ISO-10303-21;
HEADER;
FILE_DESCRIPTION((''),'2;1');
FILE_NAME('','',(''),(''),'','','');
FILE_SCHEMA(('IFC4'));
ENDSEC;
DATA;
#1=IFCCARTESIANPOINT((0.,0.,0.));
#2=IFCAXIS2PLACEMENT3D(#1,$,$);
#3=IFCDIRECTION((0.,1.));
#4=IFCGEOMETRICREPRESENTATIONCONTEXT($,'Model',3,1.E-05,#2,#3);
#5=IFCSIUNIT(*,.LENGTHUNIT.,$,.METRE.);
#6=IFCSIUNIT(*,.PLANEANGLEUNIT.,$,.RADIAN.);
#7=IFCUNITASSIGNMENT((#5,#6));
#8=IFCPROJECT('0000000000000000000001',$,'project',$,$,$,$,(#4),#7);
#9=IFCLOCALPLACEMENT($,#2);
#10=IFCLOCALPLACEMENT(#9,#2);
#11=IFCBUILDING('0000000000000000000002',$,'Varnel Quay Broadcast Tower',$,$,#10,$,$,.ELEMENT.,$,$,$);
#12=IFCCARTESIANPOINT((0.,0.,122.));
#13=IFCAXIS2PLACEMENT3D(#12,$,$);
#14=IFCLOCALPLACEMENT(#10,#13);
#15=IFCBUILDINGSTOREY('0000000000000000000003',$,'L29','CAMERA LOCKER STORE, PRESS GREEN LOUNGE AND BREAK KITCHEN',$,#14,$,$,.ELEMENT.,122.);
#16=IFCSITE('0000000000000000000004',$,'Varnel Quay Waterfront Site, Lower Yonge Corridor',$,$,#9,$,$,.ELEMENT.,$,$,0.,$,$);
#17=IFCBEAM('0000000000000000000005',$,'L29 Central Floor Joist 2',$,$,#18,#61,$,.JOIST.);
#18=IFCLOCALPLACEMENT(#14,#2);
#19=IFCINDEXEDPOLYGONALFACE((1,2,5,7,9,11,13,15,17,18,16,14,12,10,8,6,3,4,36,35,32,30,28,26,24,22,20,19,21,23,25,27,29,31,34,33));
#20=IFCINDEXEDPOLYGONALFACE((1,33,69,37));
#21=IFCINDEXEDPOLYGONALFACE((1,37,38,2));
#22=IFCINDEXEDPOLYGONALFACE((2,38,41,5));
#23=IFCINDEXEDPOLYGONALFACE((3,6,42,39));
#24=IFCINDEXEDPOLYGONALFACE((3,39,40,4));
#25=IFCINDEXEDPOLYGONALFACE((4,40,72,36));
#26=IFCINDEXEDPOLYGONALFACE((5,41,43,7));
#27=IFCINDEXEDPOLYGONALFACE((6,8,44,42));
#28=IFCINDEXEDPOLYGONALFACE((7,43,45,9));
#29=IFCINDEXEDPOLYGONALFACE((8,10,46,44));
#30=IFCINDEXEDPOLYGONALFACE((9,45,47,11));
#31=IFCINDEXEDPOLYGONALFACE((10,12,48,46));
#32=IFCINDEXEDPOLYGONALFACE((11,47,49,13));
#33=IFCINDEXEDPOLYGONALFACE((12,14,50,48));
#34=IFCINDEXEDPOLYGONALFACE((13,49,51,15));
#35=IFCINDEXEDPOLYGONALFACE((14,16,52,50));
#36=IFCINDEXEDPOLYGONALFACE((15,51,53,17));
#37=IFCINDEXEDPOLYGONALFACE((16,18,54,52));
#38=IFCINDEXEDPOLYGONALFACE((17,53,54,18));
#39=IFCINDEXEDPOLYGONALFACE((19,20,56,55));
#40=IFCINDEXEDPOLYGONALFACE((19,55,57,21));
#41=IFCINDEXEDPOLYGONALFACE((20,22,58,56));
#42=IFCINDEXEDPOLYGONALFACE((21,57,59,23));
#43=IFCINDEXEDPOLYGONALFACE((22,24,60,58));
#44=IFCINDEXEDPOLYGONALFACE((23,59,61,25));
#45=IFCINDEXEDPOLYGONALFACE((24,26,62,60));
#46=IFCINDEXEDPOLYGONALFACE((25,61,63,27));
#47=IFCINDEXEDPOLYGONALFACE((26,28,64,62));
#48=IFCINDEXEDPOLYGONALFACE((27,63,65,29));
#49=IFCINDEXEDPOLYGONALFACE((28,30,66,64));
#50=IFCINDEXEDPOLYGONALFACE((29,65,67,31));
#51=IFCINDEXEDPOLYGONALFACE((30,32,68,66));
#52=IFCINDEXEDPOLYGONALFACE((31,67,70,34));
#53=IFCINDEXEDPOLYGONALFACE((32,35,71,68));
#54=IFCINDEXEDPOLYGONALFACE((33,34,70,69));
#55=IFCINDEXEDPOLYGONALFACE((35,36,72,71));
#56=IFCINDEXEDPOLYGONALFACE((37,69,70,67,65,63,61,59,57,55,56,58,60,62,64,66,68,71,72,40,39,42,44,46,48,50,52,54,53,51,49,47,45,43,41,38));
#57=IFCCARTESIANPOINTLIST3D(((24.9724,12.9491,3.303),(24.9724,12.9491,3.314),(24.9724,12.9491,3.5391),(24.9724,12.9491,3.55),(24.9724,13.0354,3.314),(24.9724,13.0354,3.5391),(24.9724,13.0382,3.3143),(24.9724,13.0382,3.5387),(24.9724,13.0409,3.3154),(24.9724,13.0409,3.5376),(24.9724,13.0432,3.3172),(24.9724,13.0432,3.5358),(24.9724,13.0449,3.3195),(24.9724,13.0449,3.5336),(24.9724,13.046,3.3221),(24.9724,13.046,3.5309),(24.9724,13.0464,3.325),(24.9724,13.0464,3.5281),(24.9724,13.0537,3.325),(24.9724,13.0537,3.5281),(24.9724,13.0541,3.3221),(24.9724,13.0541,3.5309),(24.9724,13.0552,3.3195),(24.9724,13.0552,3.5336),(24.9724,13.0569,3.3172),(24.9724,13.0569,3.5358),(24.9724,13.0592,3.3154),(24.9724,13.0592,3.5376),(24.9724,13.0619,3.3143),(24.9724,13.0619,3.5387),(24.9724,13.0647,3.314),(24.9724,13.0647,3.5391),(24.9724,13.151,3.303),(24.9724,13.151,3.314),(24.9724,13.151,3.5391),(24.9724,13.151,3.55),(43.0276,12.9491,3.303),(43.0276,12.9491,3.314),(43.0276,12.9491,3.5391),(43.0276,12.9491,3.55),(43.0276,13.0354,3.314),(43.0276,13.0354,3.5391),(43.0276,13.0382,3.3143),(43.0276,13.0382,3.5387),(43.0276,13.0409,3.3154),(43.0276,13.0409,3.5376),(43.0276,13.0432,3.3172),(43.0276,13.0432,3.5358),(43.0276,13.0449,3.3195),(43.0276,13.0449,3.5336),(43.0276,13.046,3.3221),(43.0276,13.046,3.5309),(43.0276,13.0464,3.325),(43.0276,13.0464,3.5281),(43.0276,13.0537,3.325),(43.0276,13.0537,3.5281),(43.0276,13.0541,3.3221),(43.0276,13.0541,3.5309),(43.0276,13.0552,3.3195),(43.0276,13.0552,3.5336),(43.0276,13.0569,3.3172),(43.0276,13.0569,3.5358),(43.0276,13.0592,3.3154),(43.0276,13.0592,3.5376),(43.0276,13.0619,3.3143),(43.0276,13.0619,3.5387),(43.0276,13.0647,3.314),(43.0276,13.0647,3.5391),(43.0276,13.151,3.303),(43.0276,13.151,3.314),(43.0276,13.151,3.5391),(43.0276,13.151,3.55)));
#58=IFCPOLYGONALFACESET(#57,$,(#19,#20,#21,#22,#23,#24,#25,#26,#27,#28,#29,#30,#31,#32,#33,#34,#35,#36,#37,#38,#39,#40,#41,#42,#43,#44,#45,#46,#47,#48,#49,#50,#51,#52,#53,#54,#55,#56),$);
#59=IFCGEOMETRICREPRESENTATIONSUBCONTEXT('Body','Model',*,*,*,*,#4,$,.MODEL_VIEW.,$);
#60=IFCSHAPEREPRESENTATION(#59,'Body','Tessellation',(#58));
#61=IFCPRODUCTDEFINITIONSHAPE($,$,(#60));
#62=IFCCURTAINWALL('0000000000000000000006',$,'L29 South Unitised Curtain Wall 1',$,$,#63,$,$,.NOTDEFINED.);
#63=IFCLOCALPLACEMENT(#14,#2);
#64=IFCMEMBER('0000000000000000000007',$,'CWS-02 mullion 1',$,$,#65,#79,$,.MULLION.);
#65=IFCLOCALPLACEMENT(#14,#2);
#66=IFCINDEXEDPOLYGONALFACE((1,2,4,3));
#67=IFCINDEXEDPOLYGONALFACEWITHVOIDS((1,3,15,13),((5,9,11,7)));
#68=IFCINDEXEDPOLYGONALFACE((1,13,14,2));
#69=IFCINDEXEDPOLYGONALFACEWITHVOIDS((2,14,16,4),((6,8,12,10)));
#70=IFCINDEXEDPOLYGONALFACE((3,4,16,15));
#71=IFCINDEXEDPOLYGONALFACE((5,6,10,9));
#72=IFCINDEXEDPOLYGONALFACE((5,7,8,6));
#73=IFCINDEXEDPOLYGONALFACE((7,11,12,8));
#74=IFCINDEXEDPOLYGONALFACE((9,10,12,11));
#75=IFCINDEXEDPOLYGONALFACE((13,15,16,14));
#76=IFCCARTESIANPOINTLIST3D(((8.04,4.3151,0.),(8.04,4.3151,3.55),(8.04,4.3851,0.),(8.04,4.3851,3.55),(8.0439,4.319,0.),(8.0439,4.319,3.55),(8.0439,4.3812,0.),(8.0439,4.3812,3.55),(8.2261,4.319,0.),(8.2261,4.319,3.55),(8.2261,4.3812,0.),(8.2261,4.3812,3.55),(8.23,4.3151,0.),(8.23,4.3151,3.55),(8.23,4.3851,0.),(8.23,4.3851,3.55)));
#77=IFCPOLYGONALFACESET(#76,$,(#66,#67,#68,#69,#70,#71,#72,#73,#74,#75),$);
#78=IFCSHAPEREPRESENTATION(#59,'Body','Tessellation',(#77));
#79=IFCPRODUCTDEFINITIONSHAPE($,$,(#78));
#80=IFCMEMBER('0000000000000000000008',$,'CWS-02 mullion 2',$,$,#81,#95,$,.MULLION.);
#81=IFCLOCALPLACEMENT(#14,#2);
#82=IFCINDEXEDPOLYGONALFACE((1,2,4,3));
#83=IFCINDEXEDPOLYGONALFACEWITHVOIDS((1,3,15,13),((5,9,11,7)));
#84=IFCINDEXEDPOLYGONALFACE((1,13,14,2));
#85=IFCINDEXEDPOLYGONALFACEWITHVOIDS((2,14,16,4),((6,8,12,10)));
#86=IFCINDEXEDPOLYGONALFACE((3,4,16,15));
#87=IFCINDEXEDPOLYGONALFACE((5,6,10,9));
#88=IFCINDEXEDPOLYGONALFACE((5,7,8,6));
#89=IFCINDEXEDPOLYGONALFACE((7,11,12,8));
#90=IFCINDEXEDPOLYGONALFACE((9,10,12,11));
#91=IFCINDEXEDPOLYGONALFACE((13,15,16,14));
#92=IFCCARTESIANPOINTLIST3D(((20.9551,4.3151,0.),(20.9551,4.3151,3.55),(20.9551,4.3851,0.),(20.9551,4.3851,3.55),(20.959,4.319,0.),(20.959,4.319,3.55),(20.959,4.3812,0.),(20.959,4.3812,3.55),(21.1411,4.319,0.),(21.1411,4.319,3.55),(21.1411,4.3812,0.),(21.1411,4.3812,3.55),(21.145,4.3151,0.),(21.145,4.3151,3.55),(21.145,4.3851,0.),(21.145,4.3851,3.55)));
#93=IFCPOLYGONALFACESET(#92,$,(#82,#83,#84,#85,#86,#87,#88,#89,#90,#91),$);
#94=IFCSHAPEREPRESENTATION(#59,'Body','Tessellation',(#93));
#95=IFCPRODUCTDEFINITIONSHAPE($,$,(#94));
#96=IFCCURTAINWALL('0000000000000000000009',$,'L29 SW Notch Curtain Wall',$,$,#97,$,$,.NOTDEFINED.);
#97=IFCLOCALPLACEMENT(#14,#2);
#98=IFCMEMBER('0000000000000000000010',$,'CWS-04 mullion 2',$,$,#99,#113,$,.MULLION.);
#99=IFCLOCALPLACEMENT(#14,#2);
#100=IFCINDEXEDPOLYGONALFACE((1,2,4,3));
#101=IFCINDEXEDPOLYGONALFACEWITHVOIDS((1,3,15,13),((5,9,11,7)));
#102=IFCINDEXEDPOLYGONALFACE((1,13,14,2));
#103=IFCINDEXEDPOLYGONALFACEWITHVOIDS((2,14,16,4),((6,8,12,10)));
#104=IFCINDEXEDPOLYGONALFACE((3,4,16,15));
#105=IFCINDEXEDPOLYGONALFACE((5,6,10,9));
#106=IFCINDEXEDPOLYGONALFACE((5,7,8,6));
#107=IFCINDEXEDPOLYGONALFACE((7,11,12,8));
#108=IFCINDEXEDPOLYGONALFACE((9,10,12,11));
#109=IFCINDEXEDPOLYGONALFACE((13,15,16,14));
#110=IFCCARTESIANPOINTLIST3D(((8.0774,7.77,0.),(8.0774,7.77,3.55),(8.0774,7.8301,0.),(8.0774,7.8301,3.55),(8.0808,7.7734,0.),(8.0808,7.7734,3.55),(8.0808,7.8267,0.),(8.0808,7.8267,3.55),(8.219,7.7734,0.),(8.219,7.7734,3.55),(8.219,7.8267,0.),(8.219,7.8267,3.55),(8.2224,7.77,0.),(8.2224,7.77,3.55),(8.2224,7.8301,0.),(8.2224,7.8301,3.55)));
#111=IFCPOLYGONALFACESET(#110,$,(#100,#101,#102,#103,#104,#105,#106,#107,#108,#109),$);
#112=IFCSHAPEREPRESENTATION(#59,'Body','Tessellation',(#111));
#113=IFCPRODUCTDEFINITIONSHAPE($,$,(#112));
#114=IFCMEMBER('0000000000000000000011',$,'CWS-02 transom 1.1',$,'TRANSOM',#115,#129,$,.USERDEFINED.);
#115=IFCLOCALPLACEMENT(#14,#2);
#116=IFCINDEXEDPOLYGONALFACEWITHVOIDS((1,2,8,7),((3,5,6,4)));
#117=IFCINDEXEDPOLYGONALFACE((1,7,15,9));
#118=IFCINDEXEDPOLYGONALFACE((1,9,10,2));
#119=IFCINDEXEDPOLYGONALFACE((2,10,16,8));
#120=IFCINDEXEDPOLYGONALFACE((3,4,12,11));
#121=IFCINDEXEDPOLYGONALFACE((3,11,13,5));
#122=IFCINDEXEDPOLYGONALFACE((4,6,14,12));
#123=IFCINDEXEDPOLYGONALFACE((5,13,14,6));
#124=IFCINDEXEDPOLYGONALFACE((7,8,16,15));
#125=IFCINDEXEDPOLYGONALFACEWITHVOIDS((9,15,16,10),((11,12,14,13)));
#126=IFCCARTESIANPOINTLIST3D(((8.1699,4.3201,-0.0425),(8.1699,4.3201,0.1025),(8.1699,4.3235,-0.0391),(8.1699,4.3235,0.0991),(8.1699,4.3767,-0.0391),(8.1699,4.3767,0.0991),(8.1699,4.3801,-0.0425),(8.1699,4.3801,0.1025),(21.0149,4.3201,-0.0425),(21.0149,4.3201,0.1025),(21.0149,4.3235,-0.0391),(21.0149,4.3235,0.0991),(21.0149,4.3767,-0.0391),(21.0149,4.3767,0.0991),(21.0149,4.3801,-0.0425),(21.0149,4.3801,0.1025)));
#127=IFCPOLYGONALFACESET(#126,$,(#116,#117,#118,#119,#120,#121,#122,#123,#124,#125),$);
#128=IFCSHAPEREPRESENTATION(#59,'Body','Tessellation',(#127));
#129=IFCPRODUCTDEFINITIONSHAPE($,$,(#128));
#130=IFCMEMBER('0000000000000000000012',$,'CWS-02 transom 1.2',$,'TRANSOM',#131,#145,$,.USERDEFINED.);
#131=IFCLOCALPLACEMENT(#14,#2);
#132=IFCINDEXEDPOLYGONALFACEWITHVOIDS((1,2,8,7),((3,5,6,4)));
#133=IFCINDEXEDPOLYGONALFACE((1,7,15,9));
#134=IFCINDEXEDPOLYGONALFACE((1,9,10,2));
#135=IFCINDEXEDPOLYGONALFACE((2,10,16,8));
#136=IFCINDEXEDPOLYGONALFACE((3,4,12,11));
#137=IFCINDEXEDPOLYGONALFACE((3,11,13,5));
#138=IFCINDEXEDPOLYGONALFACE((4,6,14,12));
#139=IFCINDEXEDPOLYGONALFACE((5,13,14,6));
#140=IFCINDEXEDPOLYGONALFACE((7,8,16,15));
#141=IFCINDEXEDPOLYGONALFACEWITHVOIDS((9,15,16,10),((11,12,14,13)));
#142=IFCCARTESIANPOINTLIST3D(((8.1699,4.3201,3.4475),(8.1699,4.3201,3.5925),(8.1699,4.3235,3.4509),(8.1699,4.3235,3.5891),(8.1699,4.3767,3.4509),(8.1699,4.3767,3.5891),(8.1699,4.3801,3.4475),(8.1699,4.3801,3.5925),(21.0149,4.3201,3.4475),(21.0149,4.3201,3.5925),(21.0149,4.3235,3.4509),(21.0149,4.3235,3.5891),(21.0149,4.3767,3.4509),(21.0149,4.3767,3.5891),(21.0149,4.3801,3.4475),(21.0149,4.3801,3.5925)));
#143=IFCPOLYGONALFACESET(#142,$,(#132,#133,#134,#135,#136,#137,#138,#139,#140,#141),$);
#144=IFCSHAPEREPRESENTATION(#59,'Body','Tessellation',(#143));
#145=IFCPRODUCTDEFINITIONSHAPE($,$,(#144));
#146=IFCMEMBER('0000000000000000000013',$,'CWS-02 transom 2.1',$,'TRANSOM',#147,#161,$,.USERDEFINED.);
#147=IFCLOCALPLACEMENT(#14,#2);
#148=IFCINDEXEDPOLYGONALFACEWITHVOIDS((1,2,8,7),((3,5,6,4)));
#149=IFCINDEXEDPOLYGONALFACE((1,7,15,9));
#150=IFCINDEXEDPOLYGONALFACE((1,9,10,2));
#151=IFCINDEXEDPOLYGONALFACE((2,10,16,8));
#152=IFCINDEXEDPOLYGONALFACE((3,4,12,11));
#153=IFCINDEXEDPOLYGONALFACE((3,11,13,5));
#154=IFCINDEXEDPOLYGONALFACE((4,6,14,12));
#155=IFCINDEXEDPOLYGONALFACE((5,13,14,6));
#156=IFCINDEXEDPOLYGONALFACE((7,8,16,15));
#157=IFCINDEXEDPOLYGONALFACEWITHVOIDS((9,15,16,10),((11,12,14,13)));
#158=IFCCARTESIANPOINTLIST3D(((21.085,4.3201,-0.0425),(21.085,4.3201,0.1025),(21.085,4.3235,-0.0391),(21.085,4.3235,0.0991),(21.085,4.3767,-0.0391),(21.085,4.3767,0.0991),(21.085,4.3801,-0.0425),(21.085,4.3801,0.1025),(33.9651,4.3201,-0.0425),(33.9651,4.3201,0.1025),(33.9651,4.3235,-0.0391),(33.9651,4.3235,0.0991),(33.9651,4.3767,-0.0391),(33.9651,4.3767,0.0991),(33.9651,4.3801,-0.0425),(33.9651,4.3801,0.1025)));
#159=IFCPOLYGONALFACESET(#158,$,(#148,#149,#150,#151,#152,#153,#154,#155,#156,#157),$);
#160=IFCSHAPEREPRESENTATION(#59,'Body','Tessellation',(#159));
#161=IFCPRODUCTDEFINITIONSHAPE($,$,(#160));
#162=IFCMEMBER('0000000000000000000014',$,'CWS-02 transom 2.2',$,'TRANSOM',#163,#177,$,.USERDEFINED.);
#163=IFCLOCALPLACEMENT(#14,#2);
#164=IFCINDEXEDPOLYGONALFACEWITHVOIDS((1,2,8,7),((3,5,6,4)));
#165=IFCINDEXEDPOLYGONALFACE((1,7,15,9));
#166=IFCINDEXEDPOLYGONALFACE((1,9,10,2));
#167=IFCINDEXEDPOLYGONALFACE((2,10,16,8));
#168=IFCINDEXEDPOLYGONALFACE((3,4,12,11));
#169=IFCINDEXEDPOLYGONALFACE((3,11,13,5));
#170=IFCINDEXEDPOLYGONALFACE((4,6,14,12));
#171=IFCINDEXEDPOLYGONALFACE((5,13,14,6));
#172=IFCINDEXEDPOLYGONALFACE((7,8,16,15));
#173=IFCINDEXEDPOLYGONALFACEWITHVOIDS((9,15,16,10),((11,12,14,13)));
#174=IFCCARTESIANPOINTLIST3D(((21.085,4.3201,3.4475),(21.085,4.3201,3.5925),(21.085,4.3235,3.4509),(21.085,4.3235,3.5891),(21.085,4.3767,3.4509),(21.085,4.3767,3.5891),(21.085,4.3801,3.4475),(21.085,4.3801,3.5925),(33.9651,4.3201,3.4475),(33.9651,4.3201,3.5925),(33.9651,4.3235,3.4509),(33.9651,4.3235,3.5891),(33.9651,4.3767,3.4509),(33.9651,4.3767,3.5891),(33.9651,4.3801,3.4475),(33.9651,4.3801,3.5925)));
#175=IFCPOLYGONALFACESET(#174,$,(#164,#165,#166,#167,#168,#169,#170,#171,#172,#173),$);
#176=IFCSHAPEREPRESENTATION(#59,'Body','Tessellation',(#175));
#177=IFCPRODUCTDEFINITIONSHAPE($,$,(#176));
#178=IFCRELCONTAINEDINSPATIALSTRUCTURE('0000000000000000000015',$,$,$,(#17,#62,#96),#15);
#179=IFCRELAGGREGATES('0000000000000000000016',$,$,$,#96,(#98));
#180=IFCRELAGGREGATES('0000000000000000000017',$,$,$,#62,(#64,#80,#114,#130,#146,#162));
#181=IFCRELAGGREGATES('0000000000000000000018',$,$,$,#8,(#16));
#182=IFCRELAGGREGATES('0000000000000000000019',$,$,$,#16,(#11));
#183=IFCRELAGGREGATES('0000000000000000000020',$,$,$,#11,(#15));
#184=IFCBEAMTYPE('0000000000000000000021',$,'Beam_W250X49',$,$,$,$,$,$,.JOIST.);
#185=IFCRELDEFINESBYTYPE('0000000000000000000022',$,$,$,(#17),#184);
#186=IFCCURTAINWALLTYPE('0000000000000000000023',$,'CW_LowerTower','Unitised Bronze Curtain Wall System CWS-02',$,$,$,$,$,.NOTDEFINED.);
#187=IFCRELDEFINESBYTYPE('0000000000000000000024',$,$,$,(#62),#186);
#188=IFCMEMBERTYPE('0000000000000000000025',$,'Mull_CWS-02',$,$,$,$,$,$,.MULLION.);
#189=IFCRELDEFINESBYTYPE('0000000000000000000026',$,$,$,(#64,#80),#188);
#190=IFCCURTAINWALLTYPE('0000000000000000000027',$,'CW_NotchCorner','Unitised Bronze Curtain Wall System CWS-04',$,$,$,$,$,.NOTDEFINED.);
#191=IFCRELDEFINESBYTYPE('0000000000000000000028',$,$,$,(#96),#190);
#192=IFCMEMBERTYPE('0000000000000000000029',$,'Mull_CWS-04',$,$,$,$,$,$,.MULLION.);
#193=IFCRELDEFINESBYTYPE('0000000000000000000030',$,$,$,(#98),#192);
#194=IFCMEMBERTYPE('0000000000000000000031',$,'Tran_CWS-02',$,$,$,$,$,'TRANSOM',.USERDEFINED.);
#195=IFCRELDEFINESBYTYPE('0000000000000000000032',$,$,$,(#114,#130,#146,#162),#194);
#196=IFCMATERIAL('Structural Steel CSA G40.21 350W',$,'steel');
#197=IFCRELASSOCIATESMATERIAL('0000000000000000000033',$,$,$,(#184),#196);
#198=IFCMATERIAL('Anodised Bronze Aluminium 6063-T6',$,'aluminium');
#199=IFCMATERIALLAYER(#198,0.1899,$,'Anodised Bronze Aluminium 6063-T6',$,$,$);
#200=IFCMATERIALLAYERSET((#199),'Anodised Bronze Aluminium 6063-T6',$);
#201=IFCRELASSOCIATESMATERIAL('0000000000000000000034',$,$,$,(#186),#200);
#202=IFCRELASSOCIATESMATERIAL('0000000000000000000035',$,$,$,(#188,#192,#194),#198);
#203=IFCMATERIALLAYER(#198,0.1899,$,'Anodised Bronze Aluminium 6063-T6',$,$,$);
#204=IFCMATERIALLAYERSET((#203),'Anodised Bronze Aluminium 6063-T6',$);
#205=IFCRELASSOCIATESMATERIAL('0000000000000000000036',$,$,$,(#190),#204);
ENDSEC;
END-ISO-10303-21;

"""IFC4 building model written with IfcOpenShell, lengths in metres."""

from ifc_helpers import new_model, si_unit, direction, frame, origin, origin_2d, place, context, subcontext, project, spatial, hollow_rectangle, i_section, extrude, source, transform, mapped, material, layer, layer_set, material_profile, profile_set, type_object, type_shapes, element, aggregate, save


model = new_model("IFC4")

# Units and contexts
model_context = context("Model", 3, precision=1e-05, world=origin(), true_north=direction((0.0, 1.0)))
body_context = subcontext(model_context, "Body", "Model", "MODEL_VIEW")
ifc_project = project(units=[si_unit("LENGTHUNIT", "METRE"), si_unit("PLANEANGLEUNIT", "RADIAN")], contexts=[model_context])

# Site, building, storey
site_placement = place(None, origin())
site = spatial("IfcSite", under=ifc_project, at=site_placement, Name="Varnel Quay Waterfront Site, Lower Yonge Corridor", CompositionType="ELEMENT", RefElevation=0.0)
building_placement = place(site_placement, origin())
building = spatial("IfcBuilding", under=site, at=building_placement, Name="Varnel Quay Broadcast Tower", CompositionType="ELEMENT")
storey_placement = place(building_placement, frame((0.0, 0.0, 122.0)))
storey = spatial("IfcBuildingStorey", under=building, at=storey_placement, Name="L29", Description="CAMERA LOCKER STORE, PRESS GREEN LOUNGE AND BREAK KITCHEN", CompositionType="ELEMENT", Elevation=122.0)

# Shared definitions
ifc_material_1 = material(Name="Structural Steel CSA G40.21 350W", Category="steel")

# Beam
ifc_material_profile_1 = material_profile(ifc_material_1, i_section(OverallWidth=0.2019, OverallDepth=0.2471, WebThickness=0.0073, FlangeThickness=0.011, FilletRadius=0.011, at=origin_2d()), Name="W250X49")
ifc_profile_set_1 = profile_set([ifc_material_profile_1], Name="Structural Steel CSA G40.21 350W")
beam_type_1 = type_object("IfcBeamType", Name="Beam_W250X49", PredefinedType="JOIST", material=ifc_profile_set_1)
shared_shape_1 = source(origin(), body_context, "Body", "SweptSolid", [
    extrude(i_section(OverallWidth=0.2019, OverallDepth=0.2471, WebThickness=0.0073, FlangeThickness=0.011, FilletRadius=0.011, at=origin_2d()), origin(), (0.0, 0.0, 1.0), 18.0552),
])
type_shapes(beam_type_1, [shared_shape_1])
beam_1_placement = place(storey_placement, frame((24.9724, 13.05, 3.4265), z_axis=(1.0, 0.0, 0.0), x_axis=(0.0, 1.0, 0.0)))
element("IfcBeam", 1, at=beam_1_placement, inside=storey, type_object=beam_type_1, Name="L29 Central Floor Joist 2", PredefinedType="JOIST", context=body_context, shape_type="MappedRepresentation", body=[
    mapped(shared_shape_1, transform((0.0, 0.0, 0.0), x_axis=(1.0, 0.0, 0.0), y_axis=(0.0, 1.0, 0.0), z_axis=(0.0, 0.0, 1.0), scale=1.0)),
])

# Curtain wall, members
ifc_material_2 = material(Name="Anodised Bronze Aluminium 6063-T6", Category="aluminium")
ifc_layer_1 = layer(ifc_material_2, 0.1899, Name="Anodised Bronze Aluminium 6063-T6")
ifc_layer_set_1 = layer_set([ifc_layer_1], Name="Anodised Bronze Aluminium 6063-T6")
curtain_wall_type_1 = type_object("IfcCurtainWallType", Name="CW_LowerTower", Description="Unitised Bronze Curtain Wall System CWS-02", PredefinedType="NOTDEFINED", material=ifc_layer_set_1)
curtain_wall_1_placement = place(storey_placement, origin())
curtain_wall_1 = element("IfcCurtainWall", 2, at=curtain_wall_1_placement, inside=storey, type_object=curtain_wall_type_1, Name="L29 South Unitised Curtain Wall 1", PredefinedType="NOTDEFINED")
ifc_material_profile_2 = material_profile(ifc_material_2, hollow_rectangle(XDim=0.0701, YDim=0.1899, WallThickness=0.0039, at=origin_2d()), Name="ALU70X190X4")
ifc_profile_set_2 = profile_set([ifc_material_profile_2], Name="Anodised Bronze Aluminium 6063-T6")
member_type_1 = type_object("IfcMemberType", Name="Mull_CWS-02", PredefinedType="MULLION", material=ifc_profile_set_2)
shared_shape_2 = source(origin(), body_context, "Body", "SweptSolid", [
    extrude(hollow_rectangle(XDim=0.0701, YDim=0.1899, WallThickness=0.0039, at=origin_2d()), origin(), (0.0, 0.0, 1.0), 3.55),
])
type_shapes(member_type_1, [shared_shape_2])
member_1_placement = place(storey_placement, frame((8.135, 4.3501, 0.0), z_axis=(0.0, 0.0, 1.0), x_axis=(0.0, 1.0, 0.0)))
member_1 = element("IfcMember", 3, at=member_1_placement, type_object=member_type_1, Name="CWS-02 mullion 1", PredefinedType="MULLION", context=body_context, shape_type="MappedRepresentation", body=[
    mapped(shared_shape_2, transform((0.0, 0.0, 0.0), x_axis=(1.0, 0.0, 0.0), y_axis=(0.0, 1.0, 0.0), z_axis=(0.0, 0.0, 1.0), scale=1.0)),
])
member_2_placement = place(storey_placement, frame((21.05, 4.3501, 0.0), z_axis=(0.0, 0.0, 1.0), x_axis=(0.0, 1.0, 0.0)))
member_2 = element("IfcMember", 4, at=member_2_placement, type_object=member_type_1, Name="CWS-02 mullion 2", PredefinedType="MULLION", context=body_context, shape_type="MappedRepresentation", body=[
    mapped(shared_shape_2, transform((0.0, 0.0, 0.0), x_axis=(1.0, 0.0, 0.0), y_axis=(0.0, 1.0, 0.0), z_axis=(0.0, 0.0, 1.0), scale=1.0)),
])

# Curtain wall, member
ifc_layer_2 = layer(ifc_material_2, 0.1899, Name="Anodised Bronze Aluminium 6063-T6")
ifc_layer_set_2 = layer_set([ifc_layer_2], Name="Anodised Bronze Aluminium 6063-T6")
curtain_wall_type_2 = type_object("IfcCurtainWallType", Name="CW_NotchCorner", Description="Unitised Bronze Curtain Wall System CWS-04", PredefinedType="NOTDEFINED", material=ifc_layer_set_2)
curtain_wall_2_placement = place(storey_placement, origin())
curtain_wall_2 = element("IfcCurtainWall", 5, at=curtain_wall_2_placement, inside=storey, type_object=curtain_wall_type_2, Name="L29 SW Notch Curtain Wall", PredefinedType="NOTDEFINED")
ifc_material_profile_3 = material_profile(ifc_material_2, hollow_rectangle(XDim=0.0601, YDim=0.145, WallThickness=0.0034, at=origin_2d()), Name="ALU60X145X3.5")
ifc_profile_set_3 = profile_set([ifc_material_profile_3], Name="Anodised Bronze Aluminium 6063-T6")
member_type_2 = type_object("IfcMemberType", Name="Mull_CWS-04", PredefinedType="MULLION", material=ifc_profile_set_3)
shared_shape_3 = source(origin(), body_context, "Body", "SweptSolid", [
    extrude(hollow_rectangle(XDim=0.0601, YDim=0.145, WallThickness=0.0034, at=origin_2d()), origin(), (0.0, 0.0, 1.0), 3.55),
])
type_shapes(member_type_2, [shared_shape_3])
member_3_placement = place(storey_placement, frame((8.1499, 7.8, 0.0), z_axis=(0.0, 0.0, 1.0), x_axis=(0.0, 1.0, 0.0)))
member_3 = element("IfcMember", 6, at=member_3_placement, type_object=member_type_2, Name="CWS-04 mullion 2", PredefinedType="MULLION", context=body_context, shape_type="MappedRepresentation", body=[
    mapped(shared_shape_3, transform((0.0, 0.0, 0.0), x_axis=(1.0, 0.0, 0.0), y_axis=(0.0, 1.0, 0.0), z_axis=(0.0, 0.0, 1.0), scale=1.0)),
])

# Members
ifc_material_profile_4 = material_profile(ifc_material_2, hollow_rectangle(XDim=0.0601, YDim=0.145, WallThickness=0.0034, at=origin_2d()), Name="ALU60X145X3.5")
ifc_profile_set_4 = profile_set([ifc_material_profile_4], Name="Anodised Bronze Aluminium 6063-T6")
member_type_3 = type_object("IfcMemberType", Name="Tran_CWS-02", ElementType="TRANSOM", PredefinedType="USERDEFINED", material=ifc_profile_set_4)
shared_shape_4 = source(origin(), body_context, "Body", "SweptSolid", [
    extrude(hollow_rectangle(XDim=0.0601, YDim=0.145, WallThickness=0.0034, at=origin_2d()), origin(), (0.0, 0.0, 1.0), 12.845),
])
member_4_placement = place(storey_placement, frame((8.1699, 4.3501, 0.03), z_axis=(1.0, 0.0, 0.0), x_axis=(0.0, 1.0, 0.0)))
member_4 = element("IfcMember", 7, at=member_4_placement, type_object=member_type_3, Name="CWS-02 transom 1.1", ObjectType="TRANSOM", PredefinedType="USERDEFINED", context=body_context, shape_type="MappedRepresentation", body=[
    mapped(shared_shape_4, transform((0.0, 0.0, 0.0), x_axis=(1.0, 0.0, 0.0), y_axis=(0.0, 1.0, 0.0), z_axis=(0.0, 0.0, 1.0), scale=1.0)),
])
member_5_placement = place(storey_placement, frame((8.1699, 4.3501, 3.52), z_axis=(1.0, 0.0, 0.0), x_axis=(0.0, 1.0, 0.0)))
member_5 = element("IfcMember", 8, at=member_5_placement, type_object=member_type_3, Name="CWS-02 transom 1.2", ObjectType="TRANSOM", PredefinedType="USERDEFINED", context=body_context, shape_type="MappedRepresentation", body=[
    mapped(shared_shape_4, transform((0.0, 0.0, 0.0), x_axis=(1.0, 0.0, 0.0), y_axis=(0.0, 1.0, 0.0), z_axis=(0.0, 0.0, 1.0), scale=1.0)),
])
shared_shape_5 = source(origin(), body_context, "Body", "SweptSolid", [
    extrude(hollow_rectangle(XDim=0.0601, YDim=0.145, WallThickness=0.0034, at=origin_2d()), origin(), (0.0, 0.0, 1.0), 12.8801),
])
type_shapes(member_type_3, [shared_shape_4, shared_shape_5])
member_6_placement = place(storey_placement, frame((21.085, 4.3501, 0.03), z_axis=(1.0, 0.0, 0.0), x_axis=(0.0, 1.0, 0.0)))
member_6 = element("IfcMember", 9, at=member_6_placement, type_object=member_type_3, Name="CWS-02 transom 2.1", ObjectType="TRANSOM", PredefinedType="USERDEFINED", context=body_context, shape_type="MappedRepresentation", body=[
    mapped(shared_shape_5, transform((0.0, 0.0, 0.0), x_axis=(1.0, 0.0, 0.0), y_axis=(0.0, 1.0, 0.0), z_axis=(0.0, 0.0, 1.0), scale=1.0)),
])
member_7_placement = place(storey_placement, frame((21.085, 4.3501, 3.52), z_axis=(1.0, 0.0, 0.0), x_axis=(0.0, 1.0, 0.0)))
member_7 = element("IfcMember", 10, at=member_7_placement, type_object=member_type_3, Name="CWS-02 transom 2.2", ObjectType="TRANSOM", PredefinedType="USERDEFINED", context=body_context, shape_type="MappedRepresentation", body=[
    mapped(shared_shape_5, transform((0.0, 0.0, 0.0), x_axis=(1.0, 0.0, 0.0), y_axis=(0.0, 1.0, 0.0), z_axis=(0.0, 0.0, 1.0), scale=1.0)),
])

aggregate(curtain_wall_2, [member_3])
aggregate(curtain_wall_1, [member_1, member_2, member_4, member_5, member_6, member_7])

save(model, "model.ifc")
